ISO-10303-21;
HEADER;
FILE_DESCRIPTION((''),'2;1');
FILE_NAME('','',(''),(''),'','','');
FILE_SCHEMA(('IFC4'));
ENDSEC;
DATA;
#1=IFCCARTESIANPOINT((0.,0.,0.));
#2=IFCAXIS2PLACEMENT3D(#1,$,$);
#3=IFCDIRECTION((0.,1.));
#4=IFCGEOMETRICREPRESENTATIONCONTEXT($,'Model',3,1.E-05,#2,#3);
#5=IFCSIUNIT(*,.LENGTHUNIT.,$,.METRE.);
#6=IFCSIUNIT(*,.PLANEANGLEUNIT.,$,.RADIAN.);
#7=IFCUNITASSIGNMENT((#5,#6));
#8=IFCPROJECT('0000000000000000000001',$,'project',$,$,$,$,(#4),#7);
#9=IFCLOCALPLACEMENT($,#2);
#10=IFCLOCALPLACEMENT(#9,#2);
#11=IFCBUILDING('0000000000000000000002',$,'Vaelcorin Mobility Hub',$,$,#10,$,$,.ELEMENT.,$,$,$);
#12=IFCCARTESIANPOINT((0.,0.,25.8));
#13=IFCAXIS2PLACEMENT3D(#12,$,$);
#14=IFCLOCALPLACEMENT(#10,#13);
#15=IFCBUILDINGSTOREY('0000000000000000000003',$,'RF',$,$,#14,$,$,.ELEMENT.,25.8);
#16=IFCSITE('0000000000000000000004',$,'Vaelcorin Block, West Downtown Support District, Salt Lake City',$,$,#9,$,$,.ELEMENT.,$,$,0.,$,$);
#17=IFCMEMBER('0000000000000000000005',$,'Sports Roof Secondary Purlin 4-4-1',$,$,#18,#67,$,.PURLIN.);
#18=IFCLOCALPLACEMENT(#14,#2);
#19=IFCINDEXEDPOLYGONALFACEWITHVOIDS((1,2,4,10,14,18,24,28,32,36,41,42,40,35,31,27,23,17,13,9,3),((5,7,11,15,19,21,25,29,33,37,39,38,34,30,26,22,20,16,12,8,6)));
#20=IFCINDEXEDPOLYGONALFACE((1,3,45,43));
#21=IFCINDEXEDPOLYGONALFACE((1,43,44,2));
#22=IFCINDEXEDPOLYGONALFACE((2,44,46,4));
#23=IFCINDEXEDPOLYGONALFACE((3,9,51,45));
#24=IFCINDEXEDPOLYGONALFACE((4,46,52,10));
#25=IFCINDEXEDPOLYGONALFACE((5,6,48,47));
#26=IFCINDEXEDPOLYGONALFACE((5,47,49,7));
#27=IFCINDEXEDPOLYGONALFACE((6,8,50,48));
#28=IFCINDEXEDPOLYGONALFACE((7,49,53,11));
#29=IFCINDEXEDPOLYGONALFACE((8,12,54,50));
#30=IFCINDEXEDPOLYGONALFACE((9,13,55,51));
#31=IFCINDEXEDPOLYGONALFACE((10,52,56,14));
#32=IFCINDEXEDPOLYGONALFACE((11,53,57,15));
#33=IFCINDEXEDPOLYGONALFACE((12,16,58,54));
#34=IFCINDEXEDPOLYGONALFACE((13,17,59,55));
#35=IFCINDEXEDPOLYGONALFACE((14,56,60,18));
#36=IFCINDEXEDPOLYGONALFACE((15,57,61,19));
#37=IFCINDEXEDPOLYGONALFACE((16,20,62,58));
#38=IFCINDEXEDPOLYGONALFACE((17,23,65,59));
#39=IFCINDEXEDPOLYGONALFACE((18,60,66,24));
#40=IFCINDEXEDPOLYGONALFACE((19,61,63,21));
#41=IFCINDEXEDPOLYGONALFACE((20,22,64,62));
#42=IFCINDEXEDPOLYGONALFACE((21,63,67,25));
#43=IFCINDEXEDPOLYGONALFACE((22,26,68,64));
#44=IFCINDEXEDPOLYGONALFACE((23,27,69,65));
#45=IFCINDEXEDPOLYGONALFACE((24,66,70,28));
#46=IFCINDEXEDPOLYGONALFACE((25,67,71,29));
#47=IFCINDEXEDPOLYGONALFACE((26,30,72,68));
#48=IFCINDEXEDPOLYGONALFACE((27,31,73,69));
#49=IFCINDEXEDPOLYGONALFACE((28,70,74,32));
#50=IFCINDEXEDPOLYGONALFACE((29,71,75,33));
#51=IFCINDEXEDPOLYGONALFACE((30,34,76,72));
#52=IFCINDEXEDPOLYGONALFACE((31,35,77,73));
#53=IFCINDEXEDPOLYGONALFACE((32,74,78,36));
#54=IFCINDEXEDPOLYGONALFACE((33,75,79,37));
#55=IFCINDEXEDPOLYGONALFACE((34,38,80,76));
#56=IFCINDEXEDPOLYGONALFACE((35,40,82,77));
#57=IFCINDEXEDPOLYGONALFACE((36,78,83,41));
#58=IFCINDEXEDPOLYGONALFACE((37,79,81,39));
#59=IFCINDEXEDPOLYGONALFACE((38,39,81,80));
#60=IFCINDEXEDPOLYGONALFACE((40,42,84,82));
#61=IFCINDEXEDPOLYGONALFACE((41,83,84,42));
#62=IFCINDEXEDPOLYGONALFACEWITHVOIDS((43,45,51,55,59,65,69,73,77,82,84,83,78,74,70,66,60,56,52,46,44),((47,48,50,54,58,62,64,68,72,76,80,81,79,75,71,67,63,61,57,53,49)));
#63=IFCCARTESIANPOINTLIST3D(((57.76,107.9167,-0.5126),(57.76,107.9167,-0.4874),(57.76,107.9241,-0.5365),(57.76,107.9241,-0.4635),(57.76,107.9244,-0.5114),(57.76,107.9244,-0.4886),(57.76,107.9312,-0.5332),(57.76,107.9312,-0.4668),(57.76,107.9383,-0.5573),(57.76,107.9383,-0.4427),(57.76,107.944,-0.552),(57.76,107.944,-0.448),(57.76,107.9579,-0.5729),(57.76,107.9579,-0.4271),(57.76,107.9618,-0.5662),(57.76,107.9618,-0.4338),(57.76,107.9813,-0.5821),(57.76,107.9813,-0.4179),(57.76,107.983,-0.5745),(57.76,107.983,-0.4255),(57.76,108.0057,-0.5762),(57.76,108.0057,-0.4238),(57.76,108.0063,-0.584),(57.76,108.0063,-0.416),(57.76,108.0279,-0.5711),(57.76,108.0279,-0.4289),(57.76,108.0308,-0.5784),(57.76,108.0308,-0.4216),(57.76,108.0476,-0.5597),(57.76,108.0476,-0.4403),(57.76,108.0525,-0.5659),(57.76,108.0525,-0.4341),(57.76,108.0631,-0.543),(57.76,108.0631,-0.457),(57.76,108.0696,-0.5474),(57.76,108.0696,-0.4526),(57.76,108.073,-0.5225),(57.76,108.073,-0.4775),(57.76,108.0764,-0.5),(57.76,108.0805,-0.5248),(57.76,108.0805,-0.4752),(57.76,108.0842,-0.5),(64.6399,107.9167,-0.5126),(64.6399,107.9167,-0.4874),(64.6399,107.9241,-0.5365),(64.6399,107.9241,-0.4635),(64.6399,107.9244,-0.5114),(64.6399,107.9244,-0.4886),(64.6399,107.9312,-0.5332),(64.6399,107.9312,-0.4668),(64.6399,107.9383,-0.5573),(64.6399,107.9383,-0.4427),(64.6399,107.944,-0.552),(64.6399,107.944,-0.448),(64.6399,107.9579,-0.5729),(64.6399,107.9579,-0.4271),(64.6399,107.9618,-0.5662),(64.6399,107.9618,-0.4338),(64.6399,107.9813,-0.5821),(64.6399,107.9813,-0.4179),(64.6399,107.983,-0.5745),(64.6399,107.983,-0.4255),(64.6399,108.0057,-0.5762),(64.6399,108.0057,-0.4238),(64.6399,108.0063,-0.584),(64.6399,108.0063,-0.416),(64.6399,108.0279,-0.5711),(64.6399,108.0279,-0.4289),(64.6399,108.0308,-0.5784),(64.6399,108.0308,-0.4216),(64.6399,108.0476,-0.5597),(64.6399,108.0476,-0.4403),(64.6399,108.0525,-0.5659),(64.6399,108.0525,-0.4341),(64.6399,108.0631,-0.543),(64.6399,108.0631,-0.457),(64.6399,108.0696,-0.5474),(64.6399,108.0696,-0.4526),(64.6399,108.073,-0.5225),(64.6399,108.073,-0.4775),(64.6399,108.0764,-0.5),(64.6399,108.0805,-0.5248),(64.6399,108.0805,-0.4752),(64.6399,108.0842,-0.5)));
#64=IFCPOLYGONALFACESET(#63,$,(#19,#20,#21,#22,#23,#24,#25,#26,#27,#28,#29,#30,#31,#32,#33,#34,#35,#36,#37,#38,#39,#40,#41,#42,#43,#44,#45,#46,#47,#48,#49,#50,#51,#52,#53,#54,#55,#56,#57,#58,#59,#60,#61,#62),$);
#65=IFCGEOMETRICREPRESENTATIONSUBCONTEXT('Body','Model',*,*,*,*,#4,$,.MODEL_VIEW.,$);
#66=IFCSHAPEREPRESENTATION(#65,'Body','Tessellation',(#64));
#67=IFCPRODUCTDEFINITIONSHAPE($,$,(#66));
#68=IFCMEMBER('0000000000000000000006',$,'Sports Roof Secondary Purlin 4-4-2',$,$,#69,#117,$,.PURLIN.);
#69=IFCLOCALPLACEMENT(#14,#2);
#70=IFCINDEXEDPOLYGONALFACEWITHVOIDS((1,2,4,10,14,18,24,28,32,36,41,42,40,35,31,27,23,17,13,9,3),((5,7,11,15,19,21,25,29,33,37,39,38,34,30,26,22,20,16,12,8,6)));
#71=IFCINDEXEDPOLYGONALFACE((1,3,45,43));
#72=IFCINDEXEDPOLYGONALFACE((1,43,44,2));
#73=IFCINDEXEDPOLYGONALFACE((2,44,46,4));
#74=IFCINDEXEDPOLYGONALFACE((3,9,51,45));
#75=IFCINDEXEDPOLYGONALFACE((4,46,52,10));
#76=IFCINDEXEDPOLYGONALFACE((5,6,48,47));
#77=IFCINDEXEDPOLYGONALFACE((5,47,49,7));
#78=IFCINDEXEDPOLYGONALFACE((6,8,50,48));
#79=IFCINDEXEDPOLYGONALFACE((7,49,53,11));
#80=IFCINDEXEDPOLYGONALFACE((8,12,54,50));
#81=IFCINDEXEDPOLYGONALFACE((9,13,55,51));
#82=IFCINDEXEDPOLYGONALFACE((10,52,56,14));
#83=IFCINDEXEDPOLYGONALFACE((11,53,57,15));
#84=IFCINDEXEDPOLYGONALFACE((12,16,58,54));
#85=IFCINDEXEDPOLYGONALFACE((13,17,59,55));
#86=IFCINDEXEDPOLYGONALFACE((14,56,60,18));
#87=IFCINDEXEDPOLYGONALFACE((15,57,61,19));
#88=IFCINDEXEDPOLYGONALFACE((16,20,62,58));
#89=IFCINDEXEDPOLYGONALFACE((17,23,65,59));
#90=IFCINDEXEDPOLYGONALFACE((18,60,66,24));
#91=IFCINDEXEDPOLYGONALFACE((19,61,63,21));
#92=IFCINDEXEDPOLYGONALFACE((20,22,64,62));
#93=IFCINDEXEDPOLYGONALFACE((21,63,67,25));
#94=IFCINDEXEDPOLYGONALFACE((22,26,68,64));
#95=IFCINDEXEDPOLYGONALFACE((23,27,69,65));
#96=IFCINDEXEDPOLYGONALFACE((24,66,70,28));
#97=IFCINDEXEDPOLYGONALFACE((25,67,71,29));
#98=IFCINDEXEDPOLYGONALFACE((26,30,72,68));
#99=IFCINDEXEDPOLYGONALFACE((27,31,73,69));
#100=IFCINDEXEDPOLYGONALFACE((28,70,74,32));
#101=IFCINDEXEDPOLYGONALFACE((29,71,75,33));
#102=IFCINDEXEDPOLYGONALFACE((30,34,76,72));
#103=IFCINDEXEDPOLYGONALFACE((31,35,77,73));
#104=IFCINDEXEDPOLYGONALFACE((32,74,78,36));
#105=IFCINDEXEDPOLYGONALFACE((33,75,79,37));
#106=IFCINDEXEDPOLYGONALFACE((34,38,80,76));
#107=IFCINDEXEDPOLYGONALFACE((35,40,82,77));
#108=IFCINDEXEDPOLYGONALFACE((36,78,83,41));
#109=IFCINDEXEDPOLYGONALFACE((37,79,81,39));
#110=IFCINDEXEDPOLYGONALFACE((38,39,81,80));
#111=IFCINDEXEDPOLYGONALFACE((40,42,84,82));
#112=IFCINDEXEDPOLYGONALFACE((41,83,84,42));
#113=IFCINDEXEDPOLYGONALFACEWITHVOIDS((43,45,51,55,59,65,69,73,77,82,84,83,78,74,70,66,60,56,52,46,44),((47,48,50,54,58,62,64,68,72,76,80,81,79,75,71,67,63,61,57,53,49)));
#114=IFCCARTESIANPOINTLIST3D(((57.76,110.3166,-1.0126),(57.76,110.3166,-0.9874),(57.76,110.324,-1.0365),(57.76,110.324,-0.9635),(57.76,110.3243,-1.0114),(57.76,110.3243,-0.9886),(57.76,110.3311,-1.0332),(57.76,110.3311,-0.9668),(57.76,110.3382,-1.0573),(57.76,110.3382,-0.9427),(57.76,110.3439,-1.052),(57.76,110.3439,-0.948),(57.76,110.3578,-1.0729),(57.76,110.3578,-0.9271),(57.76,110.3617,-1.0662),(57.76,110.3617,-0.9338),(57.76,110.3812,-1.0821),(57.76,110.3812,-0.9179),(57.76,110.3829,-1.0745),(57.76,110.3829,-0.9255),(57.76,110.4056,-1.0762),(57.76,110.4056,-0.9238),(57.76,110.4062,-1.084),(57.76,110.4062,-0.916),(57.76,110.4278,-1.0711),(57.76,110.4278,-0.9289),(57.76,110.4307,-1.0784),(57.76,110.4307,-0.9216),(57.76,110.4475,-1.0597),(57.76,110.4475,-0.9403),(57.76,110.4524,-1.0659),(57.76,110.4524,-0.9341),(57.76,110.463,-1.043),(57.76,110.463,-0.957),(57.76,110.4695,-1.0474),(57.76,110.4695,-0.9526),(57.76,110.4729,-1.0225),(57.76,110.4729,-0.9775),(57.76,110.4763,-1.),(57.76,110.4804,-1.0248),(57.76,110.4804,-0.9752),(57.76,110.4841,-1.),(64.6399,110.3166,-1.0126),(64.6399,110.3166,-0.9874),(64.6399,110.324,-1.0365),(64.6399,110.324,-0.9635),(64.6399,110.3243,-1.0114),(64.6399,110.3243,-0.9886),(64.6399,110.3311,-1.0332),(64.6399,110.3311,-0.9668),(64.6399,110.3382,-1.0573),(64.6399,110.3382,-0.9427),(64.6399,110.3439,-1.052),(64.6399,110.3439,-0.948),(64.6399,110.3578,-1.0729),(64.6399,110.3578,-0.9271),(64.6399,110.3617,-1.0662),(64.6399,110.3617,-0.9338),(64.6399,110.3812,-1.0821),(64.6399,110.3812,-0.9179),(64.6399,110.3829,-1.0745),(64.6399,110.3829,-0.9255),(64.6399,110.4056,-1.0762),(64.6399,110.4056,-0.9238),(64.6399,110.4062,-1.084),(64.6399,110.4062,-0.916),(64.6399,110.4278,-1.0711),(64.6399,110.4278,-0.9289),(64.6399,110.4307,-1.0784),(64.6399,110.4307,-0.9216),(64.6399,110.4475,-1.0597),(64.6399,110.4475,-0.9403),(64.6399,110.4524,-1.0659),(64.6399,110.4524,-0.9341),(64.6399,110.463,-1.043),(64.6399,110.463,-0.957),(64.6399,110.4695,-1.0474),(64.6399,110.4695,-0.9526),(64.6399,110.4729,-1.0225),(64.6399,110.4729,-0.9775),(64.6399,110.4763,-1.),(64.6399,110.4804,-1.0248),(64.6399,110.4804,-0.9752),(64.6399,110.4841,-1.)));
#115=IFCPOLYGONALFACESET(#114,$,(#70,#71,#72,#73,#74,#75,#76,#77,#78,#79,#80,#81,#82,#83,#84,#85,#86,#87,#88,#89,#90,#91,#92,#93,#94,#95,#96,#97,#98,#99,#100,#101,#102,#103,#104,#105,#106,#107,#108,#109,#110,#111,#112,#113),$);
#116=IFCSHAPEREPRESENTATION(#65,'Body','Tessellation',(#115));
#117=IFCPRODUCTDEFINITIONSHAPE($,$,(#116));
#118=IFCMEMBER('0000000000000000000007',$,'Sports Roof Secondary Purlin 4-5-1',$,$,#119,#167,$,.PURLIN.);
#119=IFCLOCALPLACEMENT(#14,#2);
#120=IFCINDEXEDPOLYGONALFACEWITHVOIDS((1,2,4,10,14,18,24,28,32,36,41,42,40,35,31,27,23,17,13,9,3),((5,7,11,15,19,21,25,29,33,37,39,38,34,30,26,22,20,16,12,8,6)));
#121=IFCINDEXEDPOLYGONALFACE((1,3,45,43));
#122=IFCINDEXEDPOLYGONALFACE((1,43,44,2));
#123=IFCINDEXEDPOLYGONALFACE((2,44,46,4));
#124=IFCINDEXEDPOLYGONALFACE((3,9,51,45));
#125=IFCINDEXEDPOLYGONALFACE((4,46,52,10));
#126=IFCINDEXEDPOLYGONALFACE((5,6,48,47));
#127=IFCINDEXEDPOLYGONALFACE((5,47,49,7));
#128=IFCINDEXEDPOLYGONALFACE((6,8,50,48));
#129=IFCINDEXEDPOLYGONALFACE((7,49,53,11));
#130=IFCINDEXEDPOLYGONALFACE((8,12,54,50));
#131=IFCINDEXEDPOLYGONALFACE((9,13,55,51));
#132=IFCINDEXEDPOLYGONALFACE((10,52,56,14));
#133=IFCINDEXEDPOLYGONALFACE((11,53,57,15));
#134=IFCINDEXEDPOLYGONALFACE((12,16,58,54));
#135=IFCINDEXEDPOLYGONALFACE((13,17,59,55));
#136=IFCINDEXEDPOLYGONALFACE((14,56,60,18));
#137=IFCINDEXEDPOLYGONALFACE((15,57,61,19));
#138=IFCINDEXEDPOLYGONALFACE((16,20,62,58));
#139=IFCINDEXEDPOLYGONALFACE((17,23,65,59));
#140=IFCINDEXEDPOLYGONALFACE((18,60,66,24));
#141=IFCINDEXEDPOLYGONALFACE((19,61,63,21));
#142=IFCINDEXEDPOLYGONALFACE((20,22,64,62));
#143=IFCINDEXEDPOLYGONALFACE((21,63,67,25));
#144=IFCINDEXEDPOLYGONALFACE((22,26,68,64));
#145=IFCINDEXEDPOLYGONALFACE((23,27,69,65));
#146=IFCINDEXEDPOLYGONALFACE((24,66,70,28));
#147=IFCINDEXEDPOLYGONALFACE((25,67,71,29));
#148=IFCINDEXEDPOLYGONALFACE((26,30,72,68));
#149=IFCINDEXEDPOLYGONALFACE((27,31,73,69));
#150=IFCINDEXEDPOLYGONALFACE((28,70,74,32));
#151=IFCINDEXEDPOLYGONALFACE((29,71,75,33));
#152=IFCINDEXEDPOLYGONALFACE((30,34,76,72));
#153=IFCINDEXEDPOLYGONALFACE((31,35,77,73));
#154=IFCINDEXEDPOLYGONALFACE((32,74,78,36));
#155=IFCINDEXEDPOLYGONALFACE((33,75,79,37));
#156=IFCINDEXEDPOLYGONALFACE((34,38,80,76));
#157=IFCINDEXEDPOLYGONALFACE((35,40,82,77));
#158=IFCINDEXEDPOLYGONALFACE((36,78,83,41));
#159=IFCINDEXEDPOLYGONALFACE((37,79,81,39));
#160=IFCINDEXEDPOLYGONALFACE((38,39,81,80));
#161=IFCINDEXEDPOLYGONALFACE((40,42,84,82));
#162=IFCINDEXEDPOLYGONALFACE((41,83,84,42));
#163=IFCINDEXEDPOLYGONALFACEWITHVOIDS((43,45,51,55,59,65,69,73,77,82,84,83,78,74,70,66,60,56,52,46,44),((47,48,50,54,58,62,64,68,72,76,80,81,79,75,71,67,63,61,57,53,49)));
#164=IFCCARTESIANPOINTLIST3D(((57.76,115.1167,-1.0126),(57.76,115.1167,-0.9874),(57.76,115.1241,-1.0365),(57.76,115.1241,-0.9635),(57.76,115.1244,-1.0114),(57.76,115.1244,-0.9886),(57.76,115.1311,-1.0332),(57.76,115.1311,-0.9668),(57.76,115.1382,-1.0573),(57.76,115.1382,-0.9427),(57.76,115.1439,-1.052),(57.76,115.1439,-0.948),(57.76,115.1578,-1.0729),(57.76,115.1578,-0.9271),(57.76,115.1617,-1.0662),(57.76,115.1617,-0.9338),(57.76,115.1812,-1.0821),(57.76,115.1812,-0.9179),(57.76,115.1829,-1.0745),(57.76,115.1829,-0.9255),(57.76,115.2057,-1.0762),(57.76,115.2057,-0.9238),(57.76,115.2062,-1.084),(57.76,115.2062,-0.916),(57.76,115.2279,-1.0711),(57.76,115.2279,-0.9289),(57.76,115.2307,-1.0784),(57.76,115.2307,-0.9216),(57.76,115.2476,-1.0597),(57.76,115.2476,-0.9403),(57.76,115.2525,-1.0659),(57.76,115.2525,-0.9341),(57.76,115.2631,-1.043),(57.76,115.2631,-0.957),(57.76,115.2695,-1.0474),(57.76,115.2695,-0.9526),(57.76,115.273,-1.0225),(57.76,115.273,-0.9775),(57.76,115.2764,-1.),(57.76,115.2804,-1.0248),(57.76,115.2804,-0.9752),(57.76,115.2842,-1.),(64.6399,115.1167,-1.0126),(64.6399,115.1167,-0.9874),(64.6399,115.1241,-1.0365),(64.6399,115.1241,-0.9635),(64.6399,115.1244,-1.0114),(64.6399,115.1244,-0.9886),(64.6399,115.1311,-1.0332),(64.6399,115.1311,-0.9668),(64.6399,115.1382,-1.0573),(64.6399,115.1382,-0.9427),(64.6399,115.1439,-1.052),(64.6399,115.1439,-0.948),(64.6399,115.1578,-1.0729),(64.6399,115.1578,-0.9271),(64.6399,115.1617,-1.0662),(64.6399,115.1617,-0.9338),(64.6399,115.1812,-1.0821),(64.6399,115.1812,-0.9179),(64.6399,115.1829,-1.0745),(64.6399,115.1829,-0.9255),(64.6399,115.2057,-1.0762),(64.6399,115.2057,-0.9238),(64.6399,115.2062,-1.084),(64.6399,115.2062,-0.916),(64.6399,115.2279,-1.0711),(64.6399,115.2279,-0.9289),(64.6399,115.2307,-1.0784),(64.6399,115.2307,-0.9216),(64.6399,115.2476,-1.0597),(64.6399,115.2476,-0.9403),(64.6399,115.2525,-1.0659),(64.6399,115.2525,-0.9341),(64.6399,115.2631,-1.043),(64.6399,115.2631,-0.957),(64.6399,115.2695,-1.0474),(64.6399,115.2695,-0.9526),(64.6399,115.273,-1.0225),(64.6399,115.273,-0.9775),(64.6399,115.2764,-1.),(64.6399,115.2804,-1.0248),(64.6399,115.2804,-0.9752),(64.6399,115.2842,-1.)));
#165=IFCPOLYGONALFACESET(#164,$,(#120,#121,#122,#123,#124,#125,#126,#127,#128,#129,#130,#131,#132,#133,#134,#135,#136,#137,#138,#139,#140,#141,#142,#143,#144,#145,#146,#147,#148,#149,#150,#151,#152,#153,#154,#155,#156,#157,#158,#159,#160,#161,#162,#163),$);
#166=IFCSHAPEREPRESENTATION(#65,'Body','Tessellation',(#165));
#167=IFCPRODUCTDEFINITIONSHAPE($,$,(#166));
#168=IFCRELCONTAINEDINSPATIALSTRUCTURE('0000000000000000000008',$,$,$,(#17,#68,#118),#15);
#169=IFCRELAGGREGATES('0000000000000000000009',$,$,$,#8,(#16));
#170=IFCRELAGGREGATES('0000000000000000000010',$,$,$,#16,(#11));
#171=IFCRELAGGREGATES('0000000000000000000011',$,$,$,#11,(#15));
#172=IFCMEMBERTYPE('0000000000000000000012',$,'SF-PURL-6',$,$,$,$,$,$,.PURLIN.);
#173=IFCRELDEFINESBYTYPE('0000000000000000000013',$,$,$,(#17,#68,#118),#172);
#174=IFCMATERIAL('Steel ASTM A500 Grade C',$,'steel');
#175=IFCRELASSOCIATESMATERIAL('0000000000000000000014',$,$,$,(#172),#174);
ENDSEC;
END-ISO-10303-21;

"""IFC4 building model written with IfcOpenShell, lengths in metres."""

from ifc_helpers import new_model, si_unit, direction, frame, origin, origin_2d, place, context, subcontext, project, spatial, hollow_circle, extrude, material, material_profile, profile_set, type_object, element, save


model = new_model("IFC4")

# Units and contexts
model_context = context("Model", 3, precision=1e-05, world=origin(), true_north=direction((0.0, 1.0)))
body_context = subcontext(model_context, "Body", "Model", "MODEL_VIEW")
ifc_project = project(units=[si_unit("LENGTHUNIT", "METRE"), si_unit("PLANEANGLEUNIT", "RADIAN")], contexts=[model_context])

# Site, building, storey
site_placement = place(None, origin())
site = spatial("IfcSite", under=ifc_project, at=site_placement, Name="Vaelcorin Block, West Downtown Support District, Salt Lake City", CompositionType="ELEMENT", RefElevation=0.0)
building_placement = place(site_placement, origin())
building = spatial("IfcBuilding", under=site, at=building_placement, Name="Vaelcorin Mobility Hub", CompositionType="ELEMENT")
storey_placement = place(building_placement, frame((0.0, 0.0, 25.8)))
storey = spatial("IfcBuildingStorey", under=building, at=storey_placement, Name="RF", CompositionType="ELEMENT", Elevation=25.8)

# Members
ifc_material_1 = material(Name="Steel ASTM A500 Grade C", Category="steel")
ifc_material_profile_1 = material_profile(ifc_material_1, hollow_circle(Radius=0.0842, WallThickness=0.0078, at=origin_2d()), Name="HSS6.625X0.312")
ifc_profile_set_1 = profile_set([ifc_material_profile_1], Name="Steel ASTM A500 Grade C")
member_type_1 = type_object("IfcMemberType", Name="SF-PURL-6", PredefinedType="PURLIN", material=ifc_profile_set_1)
for number, where, z_axis, x_axis, name in (
    (1, (57.76, 108.0, -0.5), (1.0, 0.0, 0.0), (0.0, 1.0, 0.0), "Sports Roof Secondary Purlin 4-4-1"),
    (2, (57.76, 110.3999, -1.0), (1.0, 0.0, 0.0), (0.0, 1.0, 0.0), "Sports Roof Secondary Purlin 4-4-2"),
    (3, (57.76, 115.2, -1.0), (1.0, 0.0, 0.0), (0.0, 1.0, 0.0), "Sports Roof Secondary Purlin 4-5-1"),
):
    element("IfcMember", number, at=place(storey_placement, frame(where, z_axis=z_axis, x_axis=x_axis)), inside=storey, type_object=member_type_1, Name=name, PredefinedType="PURLIN", context=body_context, shape_type="SweptSolid", body=[
        extrude(hollow_circle(Radius=0.0842, WallThickness=0.0078, at=origin_2d()), origin(), (0.0, 0.0, 1.0), 6.8799),
    ])

save(model, "model.ifc")
